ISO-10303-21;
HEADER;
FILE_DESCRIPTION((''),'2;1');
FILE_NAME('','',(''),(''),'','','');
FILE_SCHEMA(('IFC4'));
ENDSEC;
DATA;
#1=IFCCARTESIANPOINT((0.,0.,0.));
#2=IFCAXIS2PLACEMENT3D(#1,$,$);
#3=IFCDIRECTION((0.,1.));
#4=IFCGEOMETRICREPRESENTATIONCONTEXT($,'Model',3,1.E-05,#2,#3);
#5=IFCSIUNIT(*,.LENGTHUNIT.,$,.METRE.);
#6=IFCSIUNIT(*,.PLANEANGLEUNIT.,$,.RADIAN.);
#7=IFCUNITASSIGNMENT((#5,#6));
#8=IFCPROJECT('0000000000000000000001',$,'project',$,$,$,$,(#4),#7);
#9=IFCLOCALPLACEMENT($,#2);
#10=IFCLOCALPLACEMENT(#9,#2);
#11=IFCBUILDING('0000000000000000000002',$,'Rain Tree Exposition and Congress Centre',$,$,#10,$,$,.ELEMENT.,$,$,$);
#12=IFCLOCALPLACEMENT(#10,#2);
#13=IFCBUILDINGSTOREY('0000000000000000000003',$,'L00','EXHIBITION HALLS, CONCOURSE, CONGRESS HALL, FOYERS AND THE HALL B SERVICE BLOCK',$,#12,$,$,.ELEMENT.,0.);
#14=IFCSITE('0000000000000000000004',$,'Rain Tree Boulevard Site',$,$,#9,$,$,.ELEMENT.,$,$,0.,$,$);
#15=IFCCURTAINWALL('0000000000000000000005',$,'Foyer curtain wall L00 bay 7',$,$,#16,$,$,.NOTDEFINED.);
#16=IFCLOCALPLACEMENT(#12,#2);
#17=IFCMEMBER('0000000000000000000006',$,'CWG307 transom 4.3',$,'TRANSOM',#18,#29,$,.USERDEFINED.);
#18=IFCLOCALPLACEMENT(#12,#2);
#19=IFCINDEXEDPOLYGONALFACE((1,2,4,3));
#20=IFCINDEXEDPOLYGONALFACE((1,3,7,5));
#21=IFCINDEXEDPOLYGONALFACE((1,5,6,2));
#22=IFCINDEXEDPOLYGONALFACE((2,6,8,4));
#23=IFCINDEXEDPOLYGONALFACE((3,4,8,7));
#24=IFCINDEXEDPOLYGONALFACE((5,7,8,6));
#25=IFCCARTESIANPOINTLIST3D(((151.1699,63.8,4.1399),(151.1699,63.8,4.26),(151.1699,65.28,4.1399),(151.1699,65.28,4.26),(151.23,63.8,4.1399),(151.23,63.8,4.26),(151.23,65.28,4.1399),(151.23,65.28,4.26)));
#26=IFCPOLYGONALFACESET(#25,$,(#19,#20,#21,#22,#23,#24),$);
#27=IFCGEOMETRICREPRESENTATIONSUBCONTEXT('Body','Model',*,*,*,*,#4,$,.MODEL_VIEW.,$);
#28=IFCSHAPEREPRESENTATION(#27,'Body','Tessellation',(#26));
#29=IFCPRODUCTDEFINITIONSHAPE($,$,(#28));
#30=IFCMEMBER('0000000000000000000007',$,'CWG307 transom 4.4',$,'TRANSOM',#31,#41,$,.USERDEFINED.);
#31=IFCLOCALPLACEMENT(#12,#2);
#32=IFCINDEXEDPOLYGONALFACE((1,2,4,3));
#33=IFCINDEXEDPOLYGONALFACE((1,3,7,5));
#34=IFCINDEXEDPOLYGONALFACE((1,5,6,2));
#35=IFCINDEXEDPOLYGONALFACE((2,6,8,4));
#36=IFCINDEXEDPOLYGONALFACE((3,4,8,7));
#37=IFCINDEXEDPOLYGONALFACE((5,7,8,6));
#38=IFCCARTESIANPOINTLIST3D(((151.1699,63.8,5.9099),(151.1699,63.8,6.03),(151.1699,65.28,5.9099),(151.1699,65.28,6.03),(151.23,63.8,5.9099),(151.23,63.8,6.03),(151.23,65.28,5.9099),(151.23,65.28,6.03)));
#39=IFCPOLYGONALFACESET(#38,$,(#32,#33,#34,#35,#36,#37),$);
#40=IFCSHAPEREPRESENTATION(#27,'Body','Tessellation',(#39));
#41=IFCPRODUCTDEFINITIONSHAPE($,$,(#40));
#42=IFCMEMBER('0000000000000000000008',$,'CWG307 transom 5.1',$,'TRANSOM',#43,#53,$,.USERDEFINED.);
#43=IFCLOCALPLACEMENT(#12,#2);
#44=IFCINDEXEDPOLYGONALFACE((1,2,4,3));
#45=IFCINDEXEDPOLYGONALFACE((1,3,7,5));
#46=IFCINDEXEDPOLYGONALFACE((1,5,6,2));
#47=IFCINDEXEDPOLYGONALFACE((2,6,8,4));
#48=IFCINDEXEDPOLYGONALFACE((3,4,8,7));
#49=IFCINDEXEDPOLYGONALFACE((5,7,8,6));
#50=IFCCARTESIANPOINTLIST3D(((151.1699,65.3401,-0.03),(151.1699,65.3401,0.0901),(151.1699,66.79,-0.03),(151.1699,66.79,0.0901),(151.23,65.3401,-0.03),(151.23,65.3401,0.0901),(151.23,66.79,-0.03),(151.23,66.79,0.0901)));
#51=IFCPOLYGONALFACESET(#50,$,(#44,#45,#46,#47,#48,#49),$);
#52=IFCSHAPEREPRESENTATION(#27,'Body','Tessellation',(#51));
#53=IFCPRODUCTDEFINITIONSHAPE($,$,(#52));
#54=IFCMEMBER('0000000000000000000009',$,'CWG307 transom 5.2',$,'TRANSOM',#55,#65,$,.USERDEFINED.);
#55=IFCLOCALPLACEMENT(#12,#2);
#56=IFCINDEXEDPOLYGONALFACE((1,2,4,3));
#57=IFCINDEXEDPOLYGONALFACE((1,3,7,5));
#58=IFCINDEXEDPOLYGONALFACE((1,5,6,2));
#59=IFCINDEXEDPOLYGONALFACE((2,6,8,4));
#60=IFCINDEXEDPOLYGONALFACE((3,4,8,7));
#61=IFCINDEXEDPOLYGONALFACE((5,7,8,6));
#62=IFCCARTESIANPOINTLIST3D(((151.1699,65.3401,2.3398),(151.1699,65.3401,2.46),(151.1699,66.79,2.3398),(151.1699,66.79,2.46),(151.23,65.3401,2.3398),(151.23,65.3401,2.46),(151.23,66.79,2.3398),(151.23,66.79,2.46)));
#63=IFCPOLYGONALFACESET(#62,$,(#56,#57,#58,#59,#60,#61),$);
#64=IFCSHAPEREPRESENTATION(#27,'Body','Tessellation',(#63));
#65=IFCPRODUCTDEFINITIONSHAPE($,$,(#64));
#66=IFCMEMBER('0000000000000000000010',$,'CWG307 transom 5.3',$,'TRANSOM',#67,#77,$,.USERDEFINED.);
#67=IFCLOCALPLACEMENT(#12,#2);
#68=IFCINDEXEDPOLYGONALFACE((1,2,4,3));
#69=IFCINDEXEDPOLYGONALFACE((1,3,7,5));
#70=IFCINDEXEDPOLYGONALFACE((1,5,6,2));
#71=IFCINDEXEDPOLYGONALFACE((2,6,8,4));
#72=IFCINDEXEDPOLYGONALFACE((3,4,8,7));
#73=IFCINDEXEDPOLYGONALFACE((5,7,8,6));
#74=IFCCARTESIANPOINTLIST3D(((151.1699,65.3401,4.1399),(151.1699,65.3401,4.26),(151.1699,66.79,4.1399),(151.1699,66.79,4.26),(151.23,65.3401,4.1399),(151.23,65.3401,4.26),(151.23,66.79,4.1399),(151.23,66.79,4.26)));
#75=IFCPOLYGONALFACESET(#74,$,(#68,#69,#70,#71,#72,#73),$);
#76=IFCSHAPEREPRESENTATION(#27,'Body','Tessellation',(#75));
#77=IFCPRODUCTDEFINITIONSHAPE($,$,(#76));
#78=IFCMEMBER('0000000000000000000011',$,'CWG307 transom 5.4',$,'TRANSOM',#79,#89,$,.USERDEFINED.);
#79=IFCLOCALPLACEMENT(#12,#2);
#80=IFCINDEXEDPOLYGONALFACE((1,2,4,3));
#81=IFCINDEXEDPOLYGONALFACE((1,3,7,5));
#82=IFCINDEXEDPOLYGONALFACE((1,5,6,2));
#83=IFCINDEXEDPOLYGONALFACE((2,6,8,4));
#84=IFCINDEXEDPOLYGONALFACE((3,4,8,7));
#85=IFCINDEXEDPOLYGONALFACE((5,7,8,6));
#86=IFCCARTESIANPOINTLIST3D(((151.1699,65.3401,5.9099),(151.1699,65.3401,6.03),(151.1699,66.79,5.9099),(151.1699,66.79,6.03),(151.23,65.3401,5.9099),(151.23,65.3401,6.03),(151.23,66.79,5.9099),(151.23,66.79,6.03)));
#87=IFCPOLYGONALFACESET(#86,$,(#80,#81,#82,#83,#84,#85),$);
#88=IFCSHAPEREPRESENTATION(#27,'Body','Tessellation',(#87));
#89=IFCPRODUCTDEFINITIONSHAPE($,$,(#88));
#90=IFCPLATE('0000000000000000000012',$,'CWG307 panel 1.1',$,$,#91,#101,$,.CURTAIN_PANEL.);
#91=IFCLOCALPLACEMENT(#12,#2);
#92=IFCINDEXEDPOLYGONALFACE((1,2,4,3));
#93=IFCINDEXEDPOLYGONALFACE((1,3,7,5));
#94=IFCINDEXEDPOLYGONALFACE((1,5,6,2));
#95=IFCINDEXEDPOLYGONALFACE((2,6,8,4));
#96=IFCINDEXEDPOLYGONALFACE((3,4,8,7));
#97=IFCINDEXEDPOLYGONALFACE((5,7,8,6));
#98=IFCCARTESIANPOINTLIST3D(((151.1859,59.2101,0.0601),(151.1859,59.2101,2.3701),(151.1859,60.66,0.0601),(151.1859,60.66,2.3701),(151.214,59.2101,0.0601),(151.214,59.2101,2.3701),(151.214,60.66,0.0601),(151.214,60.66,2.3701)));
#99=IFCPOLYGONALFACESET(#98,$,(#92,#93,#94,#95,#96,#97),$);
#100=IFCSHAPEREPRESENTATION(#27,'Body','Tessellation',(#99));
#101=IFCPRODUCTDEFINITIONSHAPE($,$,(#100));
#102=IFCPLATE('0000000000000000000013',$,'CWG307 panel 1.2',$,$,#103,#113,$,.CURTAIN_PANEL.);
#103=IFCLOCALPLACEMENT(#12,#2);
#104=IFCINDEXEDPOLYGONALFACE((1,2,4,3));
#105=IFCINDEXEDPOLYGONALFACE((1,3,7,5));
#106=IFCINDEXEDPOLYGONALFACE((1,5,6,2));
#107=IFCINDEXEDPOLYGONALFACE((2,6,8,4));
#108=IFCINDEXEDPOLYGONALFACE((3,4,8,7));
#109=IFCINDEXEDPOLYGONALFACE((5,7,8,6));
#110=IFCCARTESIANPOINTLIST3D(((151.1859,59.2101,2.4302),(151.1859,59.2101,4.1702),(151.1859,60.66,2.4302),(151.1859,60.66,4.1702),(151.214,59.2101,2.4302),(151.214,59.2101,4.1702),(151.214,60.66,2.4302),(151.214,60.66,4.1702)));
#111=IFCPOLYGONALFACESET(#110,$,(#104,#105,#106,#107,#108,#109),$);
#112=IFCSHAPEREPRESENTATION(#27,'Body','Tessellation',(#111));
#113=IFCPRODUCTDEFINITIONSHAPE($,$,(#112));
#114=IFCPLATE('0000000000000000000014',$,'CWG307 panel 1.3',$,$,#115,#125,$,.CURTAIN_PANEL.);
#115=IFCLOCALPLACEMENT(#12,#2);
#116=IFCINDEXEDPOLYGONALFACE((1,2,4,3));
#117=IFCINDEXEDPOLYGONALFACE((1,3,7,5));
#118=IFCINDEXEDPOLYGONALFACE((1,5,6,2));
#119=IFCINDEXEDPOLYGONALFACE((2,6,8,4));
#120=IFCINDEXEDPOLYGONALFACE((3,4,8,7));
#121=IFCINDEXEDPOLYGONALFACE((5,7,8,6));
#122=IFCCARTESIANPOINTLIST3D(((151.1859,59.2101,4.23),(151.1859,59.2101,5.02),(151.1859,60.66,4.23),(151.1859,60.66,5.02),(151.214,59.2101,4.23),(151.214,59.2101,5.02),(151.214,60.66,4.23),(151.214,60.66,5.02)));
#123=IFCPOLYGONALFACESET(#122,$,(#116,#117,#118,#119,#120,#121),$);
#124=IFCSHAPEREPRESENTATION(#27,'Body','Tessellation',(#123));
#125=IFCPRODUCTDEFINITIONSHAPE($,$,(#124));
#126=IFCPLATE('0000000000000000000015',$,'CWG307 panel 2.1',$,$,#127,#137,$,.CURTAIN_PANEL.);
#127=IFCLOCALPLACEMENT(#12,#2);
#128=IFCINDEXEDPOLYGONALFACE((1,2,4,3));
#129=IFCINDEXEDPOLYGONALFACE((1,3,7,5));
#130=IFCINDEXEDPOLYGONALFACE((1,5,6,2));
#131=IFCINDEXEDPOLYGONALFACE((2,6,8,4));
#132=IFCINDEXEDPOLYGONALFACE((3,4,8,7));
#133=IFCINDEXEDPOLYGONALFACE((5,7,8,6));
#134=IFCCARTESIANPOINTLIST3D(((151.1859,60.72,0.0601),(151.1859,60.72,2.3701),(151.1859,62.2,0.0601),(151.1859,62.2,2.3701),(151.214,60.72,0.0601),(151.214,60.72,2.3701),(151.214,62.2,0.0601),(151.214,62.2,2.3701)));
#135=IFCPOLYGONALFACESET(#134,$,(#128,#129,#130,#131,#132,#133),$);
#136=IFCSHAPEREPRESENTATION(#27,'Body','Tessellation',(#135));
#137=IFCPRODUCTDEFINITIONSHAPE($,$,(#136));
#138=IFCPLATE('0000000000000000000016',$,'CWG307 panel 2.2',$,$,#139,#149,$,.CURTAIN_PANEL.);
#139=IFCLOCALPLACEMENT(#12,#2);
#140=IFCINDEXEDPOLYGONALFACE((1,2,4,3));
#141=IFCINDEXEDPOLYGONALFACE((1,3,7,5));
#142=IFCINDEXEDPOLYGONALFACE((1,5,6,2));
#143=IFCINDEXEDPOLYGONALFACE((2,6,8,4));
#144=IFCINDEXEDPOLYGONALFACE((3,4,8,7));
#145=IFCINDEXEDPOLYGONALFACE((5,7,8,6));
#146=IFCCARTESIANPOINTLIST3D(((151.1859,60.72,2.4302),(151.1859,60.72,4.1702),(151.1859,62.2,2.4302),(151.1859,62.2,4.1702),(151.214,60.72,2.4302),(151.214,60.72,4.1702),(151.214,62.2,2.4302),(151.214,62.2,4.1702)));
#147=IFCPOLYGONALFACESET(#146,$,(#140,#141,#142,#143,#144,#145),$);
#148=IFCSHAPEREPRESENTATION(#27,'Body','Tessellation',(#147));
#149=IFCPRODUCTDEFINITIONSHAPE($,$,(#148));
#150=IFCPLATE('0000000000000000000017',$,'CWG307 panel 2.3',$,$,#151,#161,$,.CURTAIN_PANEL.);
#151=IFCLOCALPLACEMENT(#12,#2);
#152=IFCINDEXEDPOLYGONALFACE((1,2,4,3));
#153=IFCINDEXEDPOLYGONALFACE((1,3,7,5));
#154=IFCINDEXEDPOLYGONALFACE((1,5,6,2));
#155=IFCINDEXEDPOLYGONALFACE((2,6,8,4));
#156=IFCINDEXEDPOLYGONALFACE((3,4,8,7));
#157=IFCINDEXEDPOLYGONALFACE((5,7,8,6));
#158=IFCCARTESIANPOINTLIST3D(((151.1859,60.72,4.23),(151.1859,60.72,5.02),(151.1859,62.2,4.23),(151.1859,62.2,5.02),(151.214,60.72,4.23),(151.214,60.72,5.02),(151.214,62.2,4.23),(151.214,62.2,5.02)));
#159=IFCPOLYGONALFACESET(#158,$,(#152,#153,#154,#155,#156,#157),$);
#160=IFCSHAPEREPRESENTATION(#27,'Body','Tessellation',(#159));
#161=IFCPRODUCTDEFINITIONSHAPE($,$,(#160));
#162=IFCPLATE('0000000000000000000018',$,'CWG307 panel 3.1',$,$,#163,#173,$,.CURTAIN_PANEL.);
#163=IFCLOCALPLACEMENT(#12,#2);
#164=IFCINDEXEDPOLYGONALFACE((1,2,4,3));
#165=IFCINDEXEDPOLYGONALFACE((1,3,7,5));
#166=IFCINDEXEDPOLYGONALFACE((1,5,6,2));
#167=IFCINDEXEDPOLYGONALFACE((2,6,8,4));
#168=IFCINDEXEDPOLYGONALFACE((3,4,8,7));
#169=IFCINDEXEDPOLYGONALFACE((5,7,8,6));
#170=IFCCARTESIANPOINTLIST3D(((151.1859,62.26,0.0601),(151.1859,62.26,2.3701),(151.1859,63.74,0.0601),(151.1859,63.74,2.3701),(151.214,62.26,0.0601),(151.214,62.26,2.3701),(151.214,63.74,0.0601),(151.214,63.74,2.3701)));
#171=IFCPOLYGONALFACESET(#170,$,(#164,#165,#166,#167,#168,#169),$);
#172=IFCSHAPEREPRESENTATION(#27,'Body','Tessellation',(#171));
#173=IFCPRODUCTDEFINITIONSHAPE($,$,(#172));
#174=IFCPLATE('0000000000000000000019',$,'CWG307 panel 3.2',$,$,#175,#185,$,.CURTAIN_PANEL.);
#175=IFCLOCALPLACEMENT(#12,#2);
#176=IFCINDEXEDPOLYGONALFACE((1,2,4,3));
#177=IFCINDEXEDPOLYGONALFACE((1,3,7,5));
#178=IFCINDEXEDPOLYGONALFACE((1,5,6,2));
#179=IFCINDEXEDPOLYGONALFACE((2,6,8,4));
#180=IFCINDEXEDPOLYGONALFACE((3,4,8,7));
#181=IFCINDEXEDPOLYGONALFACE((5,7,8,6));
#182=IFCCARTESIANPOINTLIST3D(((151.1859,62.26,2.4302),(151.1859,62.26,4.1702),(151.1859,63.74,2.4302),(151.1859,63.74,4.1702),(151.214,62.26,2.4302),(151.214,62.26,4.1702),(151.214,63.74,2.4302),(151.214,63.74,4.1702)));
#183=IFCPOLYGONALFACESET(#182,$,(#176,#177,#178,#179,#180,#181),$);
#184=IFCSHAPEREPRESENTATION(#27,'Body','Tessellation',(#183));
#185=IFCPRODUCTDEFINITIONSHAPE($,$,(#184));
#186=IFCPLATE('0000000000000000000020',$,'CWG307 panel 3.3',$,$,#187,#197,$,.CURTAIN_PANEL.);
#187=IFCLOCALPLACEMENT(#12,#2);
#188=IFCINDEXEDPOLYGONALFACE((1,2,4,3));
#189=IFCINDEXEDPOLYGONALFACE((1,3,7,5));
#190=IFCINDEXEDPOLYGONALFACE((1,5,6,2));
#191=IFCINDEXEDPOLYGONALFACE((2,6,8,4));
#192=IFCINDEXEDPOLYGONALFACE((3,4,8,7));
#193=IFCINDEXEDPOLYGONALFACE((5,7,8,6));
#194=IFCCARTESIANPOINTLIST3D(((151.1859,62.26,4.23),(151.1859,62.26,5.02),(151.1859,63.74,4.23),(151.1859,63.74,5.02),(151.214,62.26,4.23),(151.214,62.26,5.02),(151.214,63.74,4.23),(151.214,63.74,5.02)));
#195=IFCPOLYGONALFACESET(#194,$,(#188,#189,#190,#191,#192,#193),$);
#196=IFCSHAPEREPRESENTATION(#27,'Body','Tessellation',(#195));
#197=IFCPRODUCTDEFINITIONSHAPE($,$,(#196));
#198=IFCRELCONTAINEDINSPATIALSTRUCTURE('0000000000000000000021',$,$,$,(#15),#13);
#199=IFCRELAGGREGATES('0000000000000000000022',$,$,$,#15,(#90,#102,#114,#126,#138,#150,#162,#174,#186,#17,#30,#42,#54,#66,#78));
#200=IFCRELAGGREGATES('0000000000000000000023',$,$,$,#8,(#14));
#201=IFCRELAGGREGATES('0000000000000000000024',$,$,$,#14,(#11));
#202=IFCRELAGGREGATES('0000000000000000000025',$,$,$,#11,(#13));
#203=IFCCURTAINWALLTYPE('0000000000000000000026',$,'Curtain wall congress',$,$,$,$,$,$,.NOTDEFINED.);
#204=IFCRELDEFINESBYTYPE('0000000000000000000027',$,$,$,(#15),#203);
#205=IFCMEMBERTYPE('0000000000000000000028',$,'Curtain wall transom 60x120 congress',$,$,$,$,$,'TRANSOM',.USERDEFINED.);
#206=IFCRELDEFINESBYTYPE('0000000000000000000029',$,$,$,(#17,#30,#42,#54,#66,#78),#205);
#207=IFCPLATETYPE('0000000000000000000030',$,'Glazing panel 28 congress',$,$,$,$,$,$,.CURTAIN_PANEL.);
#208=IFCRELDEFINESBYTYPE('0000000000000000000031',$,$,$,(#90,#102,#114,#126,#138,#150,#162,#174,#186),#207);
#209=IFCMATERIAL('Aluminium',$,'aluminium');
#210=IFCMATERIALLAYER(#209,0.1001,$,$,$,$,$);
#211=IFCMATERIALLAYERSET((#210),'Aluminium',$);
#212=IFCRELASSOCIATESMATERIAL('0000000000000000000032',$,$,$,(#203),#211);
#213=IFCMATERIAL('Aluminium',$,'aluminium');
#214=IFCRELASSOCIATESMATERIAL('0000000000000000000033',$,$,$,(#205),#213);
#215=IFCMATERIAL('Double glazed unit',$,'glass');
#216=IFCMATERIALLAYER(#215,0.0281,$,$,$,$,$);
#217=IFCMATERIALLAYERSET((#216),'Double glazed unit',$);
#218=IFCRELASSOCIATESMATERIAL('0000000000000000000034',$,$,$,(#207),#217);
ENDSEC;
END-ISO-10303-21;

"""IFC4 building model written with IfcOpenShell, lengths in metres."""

from ifc_helpers import new_model, si_unit, direction, frame, origin, origin_2d, place, context, subcontext, project, spatial, rectangle, extrude, material, layer, layer_set, material_profile, profile_set, type_object, element, aggregate, save


model = new_model("IFC4")

# Units and contexts
model_context = context("Model", 3, precision=1e-05, world=origin(), true_north=direction((0.0, 1.0)))
body_context = subcontext(model_context, "Body", "Model", "MODEL_VIEW")
ifc_project = project(units=[si_unit("LENGTHUNIT", "METRE"), si_unit("PLANEANGLEUNIT", "RADIAN")], contexts=[model_context])

# Site, building, storey
site_placement = place(None, origin())
site = spatial("IfcSite", under=ifc_project, at=site_placement, Name="Rain Tree Boulevard Site", CompositionType="ELEMENT", RefElevation=0.0)
building_placement = place(site_placement, origin())
building = spatial("IfcBuilding", under=site, at=building_placement, Name="Rain Tree Exposition and Congress Centre", CompositionType="ELEMENT")
storey_placement = place(building_placement, origin())
storey = spatial("IfcBuildingStorey", under=building, at=storey_placement, Name="L00", Description="EXHIBITION HALLS, CONCOURSE, CONGRESS HALL, FOYERS AND THE HALL B SERVICE BLOCK", CompositionType="ELEMENT", Elevation=0.0)

# Curtain wall, members, plates
ifc_material_1 = material(Name="Aluminium", Category="aluminium")
ifc_layer_1 = layer(ifc_material_1, 0.1001)
ifc_layer_set_1 = layer_set([ifc_layer_1], Name="Aluminium")
curtain_wall_type = type_object("IfcCurtainWallType", Name="Curtain wall congress", PredefinedType="NOTDEFINED", material=ifc_layer_set_1)
curtain_wall_placement = place(storey_placement, origin())
curtain_wall = element("IfcCurtainWall", 1, at=curtain_wall_placement, inside=storey, type_object=curtain_wall_type, Name="Foyer curtain wall L00 bay 7", PredefinedType="NOTDEFINED")
ifc_material_2 = material(Name="Aluminium", Category="aluminium")
ifc_material_profile_1 = material_profile(ifc_material_2, rectangle(XDim=0.0601, YDim=0.1201, at=origin_2d()), Name="AL 60x120")
ifc_profile_set_1 = profile_set([ifc_material_profile_1], Name="Aluminium")
member_type_1 = type_object("IfcMemberType", Name="Curtain wall transom 60x120 congress", ElementType="TRANSOM", PredefinedType="USERDEFINED", material=ifc_profile_set_1)
member_1_placement = place(storey_placement, frame((151.2, 63.8, 4.2), z_axis=(0.0, 1.0, 0.0), x_axis=(-1.0, 0.0, 0.0)))
member_1 = element("IfcMember", 2, at=member_1_placement, type_object=member_type_1, Name="CWG307 transom 4.3", ObjectType="TRANSOM", PredefinedType="USERDEFINED", context=body_context, shape_type="SweptSolid", body=[
    extrude(rectangle(XDim=0.0601, YDim=0.1201, at=origin_2d()), origin(), (0.0, 0.0, 1.0), 1.48),
])
member_2_placement = place(storey_placement, frame((151.2, 63.8, 5.97), z_axis=(0.0, 1.0, 0.0), x_axis=(-1.0, 0.0, 0.0)))
member_2 = element("IfcMember", 3, at=member_2_placement, type_object=member_type_1, Name="CWG307 transom 4.4", ObjectType="TRANSOM", PredefinedType="USERDEFINED", context=body_context, shape_type="SweptSolid", body=[
    extrude(rectangle(XDim=0.0601, YDim=0.1201, at=origin_2d()), origin(), (0.0, 0.0, 1.0), 1.48),
])
member_3_placement = place(storey_placement, frame((151.2, 65.3401, 0.03), z_axis=(0.0, 1.0, 0.0), x_axis=(-1.0, 0.0, 0.0)))
member_3 = element("IfcMember", 4, at=member_3_placement, type_object=member_type_1, Name="CWG307 transom 5.1", ObjectType="TRANSOM", PredefinedType="USERDEFINED", context=body_context, shape_type="SweptSolid", body=[
    extrude(rectangle(XDim=0.0601, YDim=0.1201, at=origin_2d()), origin(), (0.0, 0.0, 1.0), 1.45),
])
member_4_placement = place(storey_placement, frame((151.2, 65.3401, 2.3999), z_axis=(0.0, 1.0, 0.0), x_axis=(-1.0, 0.0, 0.0)))
member_4 = element("IfcMember", 5, at=member_4_placement, type_object=member_type_1, Name="CWG307 transom 5.2", ObjectType="TRANSOM", PredefinedType="USERDEFINED", context=body_context, shape_type="SweptSolid", body=[
    extrude(rectangle(XDim=0.0601, YDim=0.1201, at=origin_2d()), origin(), (0.0, 0.0, 1.0), 1.45),
])
member_5_placement = place(storey_placement, frame((151.2, 65.3401, 4.2), z_axis=(0.0, 1.0, 0.0), x_axis=(-1.0, 0.0, 0.0)))
member_5 = element("IfcMember", 6, at=member_5_placement, type_object=member_type_1, Name="CWG307 transom 5.3", ObjectType="TRANSOM", PredefinedType="USERDEFINED", context=body_context, shape_type="SweptSolid", body=[
    extrude(rectangle(XDim=0.0601, YDim=0.1201, at=origin_2d()), origin(), (0.0, 0.0, 1.0), 1.45),
])
member_6_placement = place(storey_placement, frame((151.2, 65.3401, 5.97), z_axis=(0.0, 1.0, 0.0), x_axis=(-1.0, 0.0, 0.0)))
member_6 = element("IfcMember", 7, at=member_6_placement, type_object=member_type_1, Name="CWG307 transom 5.4", ObjectType="TRANSOM", PredefinedType="USERDEFINED", context=body_context, shape_type="SweptSolid", body=[
    extrude(rectangle(XDim=0.0601, YDim=0.1201, at=origin_2d()), origin(), (0.0, 0.0, 1.0), 1.45),
])
ifc_material_3 = material(Name="Double glazed unit", Category="glass")
ifc_layer_2 = layer(ifc_material_3, 0.0281)
ifc_layer_set_2 = layer_set([ifc_layer_2], Name="Double glazed unit")
plate_type = type_object("IfcPlateType", Name="Glazing panel 28 congress", PredefinedType="CURTAIN_PANEL", material=ifc_layer_set_2)
plate_1_placement = place(storey_placement, frame((151.2, 59.9351, 0.0601), z_axis=(0.0, 0.0, 1.0), x_axis=(0.0, 1.0, 0.0)))
plate_1 = element("IfcPlate", 8, at=plate_1_placement, type_object=plate_type, Name="CWG307 panel 1.1", PredefinedType="CURTAIN_PANEL", context=body_context, shape_type="SweptSolid", body=[
    extrude(rectangle(XDim=1.45, YDim=0.0281, at=origin_2d()), origin(), (0.0, 0.0, 1.0), 2.3101),
])
plate_2_placement = place(storey_placement, frame((151.2, 59.9351, 2.4302), z_axis=(0.0, 0.0, 1.0), x_axis=(0.0, 1.0, 0.0)))
plate_2 = element("IfcPlate", 9, at=plate_2_placement, type_object=plate_type, Name="CWG307 panel 1.2", PredefinedType="CURTAIN_PANEL", context=body_context, shape_type="SweptSolid", body=[
    extrude(rectangle(XDim=1.45, YDim=0.0281, at=origin_2d()), origin(), (0.0, 0.0, 1.0), 1.74),
])
plate_3_placement = place(storey_placement, frame((151.2, 59.9351, 4.23), z_axis=(0.0, 0.0, 1.0), x_axis=(0.0, 1.0, 0.0)))
plate_3 = element("IfcPlate", 10, at=plate_3_placement, type_object=plate_type, Name="CWG307 panel 1.3", PredefinedType="CURTAIN_PANEL", context=body_context, shape_type="SweptSolid", body=[
    extrude(rectangle(XDim=1.45, YDim=0.0281, at=origin_2d()), origin(), (0.0, 0.0, 1.0), 0.79),
])
plate_4_placement = place(storey_placement, frame((151.2, 61.46, 0.0601), z_axis=(0.0, 0.0, 1.0), x_axis=(0.0, 1.0, 0.0)))
plate_4 = element("IfcPlate", 11, at=plate_4_placement, type_object=plate_type, Name="CWG307 panel 2.1", PredefinedType="CURTAIN_PANEL", context=body_context, shape_type="SweptSolid", body=[
    extrude(rectangle(XDim=1.48, YDim=0.0281, at=origin_2d()), origin(), (0.0, 0.0, 1.0), 2.3101),
])
plate_5_placement = place(storey_placement, frame((151.2, 61.46, 2.4302), z_axis=(0.0, 0.0, 1.0), x_axis=(0.0, 1.0, 0.0)))
plate_5 = element("IfcPlate", 12, at=plate_5_placement, type_object=plate_type, Name="CWG307 panel 2.2", PredefinedType="CURTAIN_PANEL", context=body_context, shape_type="SweptSolid", body=[
    extrude(rectangle(XDim=1.48, YDim=0.0281, at=origin_2d()), origin(), (0.0, 0.0, 1.0), 1.74),
])
plate_6_placement = place(storey_placement, frame((151.2, 61.46, 4.23), z_axis=(0.0, 0.0, 1.0), x_axis=(0.0, 1.0, 0.0)))
plate_6 = element("IfcPlate", 13, at=plate_6_placement, type_object=plate_type, Name="CWG307 panel 2.3", PredefinedType="CURTAIN_PANEL", context=body_context, shape_type="SweptSolid", body=[
    extrude(rectangle(XDim=1.48, YDim=0.0281, at=origin_2d()), origin(), (0.0, 0.0, 1.0), 0.79),
])
plate_7_placement = place(storey_placement, frame((151.2, 63.0, 0.0601), z_axis=(0.0, 0.0, 1.0), x_axis=(0.0, 1.0, 0.0)))
plate_7 = element("IfcPlate", 14, at=plate_7_placement, type_object=plate_type, Name="CWG307 panel 3.1", PredefinedType="CURTAIN_PANEL", context=body_context, shape_type="SweptSolid", body=[
    extrude(rectangle(XDim=1.48, YDim=0.0281, at=origin_2d()), origin(), (0.0, 0.0, 1.0), 2.3101),
])
plate_8_placement = place(storey_placement, frame((151.2, 63.0, 2.4302), z_axis=(0.0, 0.0, 1.0), x_axis=(0.0, 1.0, 0.0)))
plate_8 = element("IfcPlate", 15, at=plate_8_placement, type_object=plate_type, Name="CWG307 panel 3.2", PredefinedType="CURTAIN_PANEL", context=body_context, shape_type="SweptSolid", body=[
    extrude(rectangle(XDim=1.48, YDim=0.0281, at=origin_2d()), origin(), (0.0, 0.0, 1.0), 1.74),
])
plate_9_placement = place(storey_placement, frame((151.2, 63.0, 4.23), z_axis=(0.0, 0.0, 1.0), x_axis=(0.0, 1.0, 0.0)))
plate_9 = element("IfcPlate", 16, at=plate_9_placement, type_object=plate_type, Name="CWG307 panel 3.3", PredefinedType="CURTAIN_PANEL", context=body_context, shape_type="SweptSolid", body=[
    extrude(rectangle(XDim=1.48, YDim=0.0281, at=origin_2d()), origin(), (0.0, 0.0, 1.0), 0.79),
])
aggregate(curtain_wall, [plate_1, plate_2, plate_3, plate_4, plate_5, plate_6, plate_7, plate_8, plate_9, member_1, member_2, member_3, member_4, member_5, member_6])

save(model, "model.ifc")
